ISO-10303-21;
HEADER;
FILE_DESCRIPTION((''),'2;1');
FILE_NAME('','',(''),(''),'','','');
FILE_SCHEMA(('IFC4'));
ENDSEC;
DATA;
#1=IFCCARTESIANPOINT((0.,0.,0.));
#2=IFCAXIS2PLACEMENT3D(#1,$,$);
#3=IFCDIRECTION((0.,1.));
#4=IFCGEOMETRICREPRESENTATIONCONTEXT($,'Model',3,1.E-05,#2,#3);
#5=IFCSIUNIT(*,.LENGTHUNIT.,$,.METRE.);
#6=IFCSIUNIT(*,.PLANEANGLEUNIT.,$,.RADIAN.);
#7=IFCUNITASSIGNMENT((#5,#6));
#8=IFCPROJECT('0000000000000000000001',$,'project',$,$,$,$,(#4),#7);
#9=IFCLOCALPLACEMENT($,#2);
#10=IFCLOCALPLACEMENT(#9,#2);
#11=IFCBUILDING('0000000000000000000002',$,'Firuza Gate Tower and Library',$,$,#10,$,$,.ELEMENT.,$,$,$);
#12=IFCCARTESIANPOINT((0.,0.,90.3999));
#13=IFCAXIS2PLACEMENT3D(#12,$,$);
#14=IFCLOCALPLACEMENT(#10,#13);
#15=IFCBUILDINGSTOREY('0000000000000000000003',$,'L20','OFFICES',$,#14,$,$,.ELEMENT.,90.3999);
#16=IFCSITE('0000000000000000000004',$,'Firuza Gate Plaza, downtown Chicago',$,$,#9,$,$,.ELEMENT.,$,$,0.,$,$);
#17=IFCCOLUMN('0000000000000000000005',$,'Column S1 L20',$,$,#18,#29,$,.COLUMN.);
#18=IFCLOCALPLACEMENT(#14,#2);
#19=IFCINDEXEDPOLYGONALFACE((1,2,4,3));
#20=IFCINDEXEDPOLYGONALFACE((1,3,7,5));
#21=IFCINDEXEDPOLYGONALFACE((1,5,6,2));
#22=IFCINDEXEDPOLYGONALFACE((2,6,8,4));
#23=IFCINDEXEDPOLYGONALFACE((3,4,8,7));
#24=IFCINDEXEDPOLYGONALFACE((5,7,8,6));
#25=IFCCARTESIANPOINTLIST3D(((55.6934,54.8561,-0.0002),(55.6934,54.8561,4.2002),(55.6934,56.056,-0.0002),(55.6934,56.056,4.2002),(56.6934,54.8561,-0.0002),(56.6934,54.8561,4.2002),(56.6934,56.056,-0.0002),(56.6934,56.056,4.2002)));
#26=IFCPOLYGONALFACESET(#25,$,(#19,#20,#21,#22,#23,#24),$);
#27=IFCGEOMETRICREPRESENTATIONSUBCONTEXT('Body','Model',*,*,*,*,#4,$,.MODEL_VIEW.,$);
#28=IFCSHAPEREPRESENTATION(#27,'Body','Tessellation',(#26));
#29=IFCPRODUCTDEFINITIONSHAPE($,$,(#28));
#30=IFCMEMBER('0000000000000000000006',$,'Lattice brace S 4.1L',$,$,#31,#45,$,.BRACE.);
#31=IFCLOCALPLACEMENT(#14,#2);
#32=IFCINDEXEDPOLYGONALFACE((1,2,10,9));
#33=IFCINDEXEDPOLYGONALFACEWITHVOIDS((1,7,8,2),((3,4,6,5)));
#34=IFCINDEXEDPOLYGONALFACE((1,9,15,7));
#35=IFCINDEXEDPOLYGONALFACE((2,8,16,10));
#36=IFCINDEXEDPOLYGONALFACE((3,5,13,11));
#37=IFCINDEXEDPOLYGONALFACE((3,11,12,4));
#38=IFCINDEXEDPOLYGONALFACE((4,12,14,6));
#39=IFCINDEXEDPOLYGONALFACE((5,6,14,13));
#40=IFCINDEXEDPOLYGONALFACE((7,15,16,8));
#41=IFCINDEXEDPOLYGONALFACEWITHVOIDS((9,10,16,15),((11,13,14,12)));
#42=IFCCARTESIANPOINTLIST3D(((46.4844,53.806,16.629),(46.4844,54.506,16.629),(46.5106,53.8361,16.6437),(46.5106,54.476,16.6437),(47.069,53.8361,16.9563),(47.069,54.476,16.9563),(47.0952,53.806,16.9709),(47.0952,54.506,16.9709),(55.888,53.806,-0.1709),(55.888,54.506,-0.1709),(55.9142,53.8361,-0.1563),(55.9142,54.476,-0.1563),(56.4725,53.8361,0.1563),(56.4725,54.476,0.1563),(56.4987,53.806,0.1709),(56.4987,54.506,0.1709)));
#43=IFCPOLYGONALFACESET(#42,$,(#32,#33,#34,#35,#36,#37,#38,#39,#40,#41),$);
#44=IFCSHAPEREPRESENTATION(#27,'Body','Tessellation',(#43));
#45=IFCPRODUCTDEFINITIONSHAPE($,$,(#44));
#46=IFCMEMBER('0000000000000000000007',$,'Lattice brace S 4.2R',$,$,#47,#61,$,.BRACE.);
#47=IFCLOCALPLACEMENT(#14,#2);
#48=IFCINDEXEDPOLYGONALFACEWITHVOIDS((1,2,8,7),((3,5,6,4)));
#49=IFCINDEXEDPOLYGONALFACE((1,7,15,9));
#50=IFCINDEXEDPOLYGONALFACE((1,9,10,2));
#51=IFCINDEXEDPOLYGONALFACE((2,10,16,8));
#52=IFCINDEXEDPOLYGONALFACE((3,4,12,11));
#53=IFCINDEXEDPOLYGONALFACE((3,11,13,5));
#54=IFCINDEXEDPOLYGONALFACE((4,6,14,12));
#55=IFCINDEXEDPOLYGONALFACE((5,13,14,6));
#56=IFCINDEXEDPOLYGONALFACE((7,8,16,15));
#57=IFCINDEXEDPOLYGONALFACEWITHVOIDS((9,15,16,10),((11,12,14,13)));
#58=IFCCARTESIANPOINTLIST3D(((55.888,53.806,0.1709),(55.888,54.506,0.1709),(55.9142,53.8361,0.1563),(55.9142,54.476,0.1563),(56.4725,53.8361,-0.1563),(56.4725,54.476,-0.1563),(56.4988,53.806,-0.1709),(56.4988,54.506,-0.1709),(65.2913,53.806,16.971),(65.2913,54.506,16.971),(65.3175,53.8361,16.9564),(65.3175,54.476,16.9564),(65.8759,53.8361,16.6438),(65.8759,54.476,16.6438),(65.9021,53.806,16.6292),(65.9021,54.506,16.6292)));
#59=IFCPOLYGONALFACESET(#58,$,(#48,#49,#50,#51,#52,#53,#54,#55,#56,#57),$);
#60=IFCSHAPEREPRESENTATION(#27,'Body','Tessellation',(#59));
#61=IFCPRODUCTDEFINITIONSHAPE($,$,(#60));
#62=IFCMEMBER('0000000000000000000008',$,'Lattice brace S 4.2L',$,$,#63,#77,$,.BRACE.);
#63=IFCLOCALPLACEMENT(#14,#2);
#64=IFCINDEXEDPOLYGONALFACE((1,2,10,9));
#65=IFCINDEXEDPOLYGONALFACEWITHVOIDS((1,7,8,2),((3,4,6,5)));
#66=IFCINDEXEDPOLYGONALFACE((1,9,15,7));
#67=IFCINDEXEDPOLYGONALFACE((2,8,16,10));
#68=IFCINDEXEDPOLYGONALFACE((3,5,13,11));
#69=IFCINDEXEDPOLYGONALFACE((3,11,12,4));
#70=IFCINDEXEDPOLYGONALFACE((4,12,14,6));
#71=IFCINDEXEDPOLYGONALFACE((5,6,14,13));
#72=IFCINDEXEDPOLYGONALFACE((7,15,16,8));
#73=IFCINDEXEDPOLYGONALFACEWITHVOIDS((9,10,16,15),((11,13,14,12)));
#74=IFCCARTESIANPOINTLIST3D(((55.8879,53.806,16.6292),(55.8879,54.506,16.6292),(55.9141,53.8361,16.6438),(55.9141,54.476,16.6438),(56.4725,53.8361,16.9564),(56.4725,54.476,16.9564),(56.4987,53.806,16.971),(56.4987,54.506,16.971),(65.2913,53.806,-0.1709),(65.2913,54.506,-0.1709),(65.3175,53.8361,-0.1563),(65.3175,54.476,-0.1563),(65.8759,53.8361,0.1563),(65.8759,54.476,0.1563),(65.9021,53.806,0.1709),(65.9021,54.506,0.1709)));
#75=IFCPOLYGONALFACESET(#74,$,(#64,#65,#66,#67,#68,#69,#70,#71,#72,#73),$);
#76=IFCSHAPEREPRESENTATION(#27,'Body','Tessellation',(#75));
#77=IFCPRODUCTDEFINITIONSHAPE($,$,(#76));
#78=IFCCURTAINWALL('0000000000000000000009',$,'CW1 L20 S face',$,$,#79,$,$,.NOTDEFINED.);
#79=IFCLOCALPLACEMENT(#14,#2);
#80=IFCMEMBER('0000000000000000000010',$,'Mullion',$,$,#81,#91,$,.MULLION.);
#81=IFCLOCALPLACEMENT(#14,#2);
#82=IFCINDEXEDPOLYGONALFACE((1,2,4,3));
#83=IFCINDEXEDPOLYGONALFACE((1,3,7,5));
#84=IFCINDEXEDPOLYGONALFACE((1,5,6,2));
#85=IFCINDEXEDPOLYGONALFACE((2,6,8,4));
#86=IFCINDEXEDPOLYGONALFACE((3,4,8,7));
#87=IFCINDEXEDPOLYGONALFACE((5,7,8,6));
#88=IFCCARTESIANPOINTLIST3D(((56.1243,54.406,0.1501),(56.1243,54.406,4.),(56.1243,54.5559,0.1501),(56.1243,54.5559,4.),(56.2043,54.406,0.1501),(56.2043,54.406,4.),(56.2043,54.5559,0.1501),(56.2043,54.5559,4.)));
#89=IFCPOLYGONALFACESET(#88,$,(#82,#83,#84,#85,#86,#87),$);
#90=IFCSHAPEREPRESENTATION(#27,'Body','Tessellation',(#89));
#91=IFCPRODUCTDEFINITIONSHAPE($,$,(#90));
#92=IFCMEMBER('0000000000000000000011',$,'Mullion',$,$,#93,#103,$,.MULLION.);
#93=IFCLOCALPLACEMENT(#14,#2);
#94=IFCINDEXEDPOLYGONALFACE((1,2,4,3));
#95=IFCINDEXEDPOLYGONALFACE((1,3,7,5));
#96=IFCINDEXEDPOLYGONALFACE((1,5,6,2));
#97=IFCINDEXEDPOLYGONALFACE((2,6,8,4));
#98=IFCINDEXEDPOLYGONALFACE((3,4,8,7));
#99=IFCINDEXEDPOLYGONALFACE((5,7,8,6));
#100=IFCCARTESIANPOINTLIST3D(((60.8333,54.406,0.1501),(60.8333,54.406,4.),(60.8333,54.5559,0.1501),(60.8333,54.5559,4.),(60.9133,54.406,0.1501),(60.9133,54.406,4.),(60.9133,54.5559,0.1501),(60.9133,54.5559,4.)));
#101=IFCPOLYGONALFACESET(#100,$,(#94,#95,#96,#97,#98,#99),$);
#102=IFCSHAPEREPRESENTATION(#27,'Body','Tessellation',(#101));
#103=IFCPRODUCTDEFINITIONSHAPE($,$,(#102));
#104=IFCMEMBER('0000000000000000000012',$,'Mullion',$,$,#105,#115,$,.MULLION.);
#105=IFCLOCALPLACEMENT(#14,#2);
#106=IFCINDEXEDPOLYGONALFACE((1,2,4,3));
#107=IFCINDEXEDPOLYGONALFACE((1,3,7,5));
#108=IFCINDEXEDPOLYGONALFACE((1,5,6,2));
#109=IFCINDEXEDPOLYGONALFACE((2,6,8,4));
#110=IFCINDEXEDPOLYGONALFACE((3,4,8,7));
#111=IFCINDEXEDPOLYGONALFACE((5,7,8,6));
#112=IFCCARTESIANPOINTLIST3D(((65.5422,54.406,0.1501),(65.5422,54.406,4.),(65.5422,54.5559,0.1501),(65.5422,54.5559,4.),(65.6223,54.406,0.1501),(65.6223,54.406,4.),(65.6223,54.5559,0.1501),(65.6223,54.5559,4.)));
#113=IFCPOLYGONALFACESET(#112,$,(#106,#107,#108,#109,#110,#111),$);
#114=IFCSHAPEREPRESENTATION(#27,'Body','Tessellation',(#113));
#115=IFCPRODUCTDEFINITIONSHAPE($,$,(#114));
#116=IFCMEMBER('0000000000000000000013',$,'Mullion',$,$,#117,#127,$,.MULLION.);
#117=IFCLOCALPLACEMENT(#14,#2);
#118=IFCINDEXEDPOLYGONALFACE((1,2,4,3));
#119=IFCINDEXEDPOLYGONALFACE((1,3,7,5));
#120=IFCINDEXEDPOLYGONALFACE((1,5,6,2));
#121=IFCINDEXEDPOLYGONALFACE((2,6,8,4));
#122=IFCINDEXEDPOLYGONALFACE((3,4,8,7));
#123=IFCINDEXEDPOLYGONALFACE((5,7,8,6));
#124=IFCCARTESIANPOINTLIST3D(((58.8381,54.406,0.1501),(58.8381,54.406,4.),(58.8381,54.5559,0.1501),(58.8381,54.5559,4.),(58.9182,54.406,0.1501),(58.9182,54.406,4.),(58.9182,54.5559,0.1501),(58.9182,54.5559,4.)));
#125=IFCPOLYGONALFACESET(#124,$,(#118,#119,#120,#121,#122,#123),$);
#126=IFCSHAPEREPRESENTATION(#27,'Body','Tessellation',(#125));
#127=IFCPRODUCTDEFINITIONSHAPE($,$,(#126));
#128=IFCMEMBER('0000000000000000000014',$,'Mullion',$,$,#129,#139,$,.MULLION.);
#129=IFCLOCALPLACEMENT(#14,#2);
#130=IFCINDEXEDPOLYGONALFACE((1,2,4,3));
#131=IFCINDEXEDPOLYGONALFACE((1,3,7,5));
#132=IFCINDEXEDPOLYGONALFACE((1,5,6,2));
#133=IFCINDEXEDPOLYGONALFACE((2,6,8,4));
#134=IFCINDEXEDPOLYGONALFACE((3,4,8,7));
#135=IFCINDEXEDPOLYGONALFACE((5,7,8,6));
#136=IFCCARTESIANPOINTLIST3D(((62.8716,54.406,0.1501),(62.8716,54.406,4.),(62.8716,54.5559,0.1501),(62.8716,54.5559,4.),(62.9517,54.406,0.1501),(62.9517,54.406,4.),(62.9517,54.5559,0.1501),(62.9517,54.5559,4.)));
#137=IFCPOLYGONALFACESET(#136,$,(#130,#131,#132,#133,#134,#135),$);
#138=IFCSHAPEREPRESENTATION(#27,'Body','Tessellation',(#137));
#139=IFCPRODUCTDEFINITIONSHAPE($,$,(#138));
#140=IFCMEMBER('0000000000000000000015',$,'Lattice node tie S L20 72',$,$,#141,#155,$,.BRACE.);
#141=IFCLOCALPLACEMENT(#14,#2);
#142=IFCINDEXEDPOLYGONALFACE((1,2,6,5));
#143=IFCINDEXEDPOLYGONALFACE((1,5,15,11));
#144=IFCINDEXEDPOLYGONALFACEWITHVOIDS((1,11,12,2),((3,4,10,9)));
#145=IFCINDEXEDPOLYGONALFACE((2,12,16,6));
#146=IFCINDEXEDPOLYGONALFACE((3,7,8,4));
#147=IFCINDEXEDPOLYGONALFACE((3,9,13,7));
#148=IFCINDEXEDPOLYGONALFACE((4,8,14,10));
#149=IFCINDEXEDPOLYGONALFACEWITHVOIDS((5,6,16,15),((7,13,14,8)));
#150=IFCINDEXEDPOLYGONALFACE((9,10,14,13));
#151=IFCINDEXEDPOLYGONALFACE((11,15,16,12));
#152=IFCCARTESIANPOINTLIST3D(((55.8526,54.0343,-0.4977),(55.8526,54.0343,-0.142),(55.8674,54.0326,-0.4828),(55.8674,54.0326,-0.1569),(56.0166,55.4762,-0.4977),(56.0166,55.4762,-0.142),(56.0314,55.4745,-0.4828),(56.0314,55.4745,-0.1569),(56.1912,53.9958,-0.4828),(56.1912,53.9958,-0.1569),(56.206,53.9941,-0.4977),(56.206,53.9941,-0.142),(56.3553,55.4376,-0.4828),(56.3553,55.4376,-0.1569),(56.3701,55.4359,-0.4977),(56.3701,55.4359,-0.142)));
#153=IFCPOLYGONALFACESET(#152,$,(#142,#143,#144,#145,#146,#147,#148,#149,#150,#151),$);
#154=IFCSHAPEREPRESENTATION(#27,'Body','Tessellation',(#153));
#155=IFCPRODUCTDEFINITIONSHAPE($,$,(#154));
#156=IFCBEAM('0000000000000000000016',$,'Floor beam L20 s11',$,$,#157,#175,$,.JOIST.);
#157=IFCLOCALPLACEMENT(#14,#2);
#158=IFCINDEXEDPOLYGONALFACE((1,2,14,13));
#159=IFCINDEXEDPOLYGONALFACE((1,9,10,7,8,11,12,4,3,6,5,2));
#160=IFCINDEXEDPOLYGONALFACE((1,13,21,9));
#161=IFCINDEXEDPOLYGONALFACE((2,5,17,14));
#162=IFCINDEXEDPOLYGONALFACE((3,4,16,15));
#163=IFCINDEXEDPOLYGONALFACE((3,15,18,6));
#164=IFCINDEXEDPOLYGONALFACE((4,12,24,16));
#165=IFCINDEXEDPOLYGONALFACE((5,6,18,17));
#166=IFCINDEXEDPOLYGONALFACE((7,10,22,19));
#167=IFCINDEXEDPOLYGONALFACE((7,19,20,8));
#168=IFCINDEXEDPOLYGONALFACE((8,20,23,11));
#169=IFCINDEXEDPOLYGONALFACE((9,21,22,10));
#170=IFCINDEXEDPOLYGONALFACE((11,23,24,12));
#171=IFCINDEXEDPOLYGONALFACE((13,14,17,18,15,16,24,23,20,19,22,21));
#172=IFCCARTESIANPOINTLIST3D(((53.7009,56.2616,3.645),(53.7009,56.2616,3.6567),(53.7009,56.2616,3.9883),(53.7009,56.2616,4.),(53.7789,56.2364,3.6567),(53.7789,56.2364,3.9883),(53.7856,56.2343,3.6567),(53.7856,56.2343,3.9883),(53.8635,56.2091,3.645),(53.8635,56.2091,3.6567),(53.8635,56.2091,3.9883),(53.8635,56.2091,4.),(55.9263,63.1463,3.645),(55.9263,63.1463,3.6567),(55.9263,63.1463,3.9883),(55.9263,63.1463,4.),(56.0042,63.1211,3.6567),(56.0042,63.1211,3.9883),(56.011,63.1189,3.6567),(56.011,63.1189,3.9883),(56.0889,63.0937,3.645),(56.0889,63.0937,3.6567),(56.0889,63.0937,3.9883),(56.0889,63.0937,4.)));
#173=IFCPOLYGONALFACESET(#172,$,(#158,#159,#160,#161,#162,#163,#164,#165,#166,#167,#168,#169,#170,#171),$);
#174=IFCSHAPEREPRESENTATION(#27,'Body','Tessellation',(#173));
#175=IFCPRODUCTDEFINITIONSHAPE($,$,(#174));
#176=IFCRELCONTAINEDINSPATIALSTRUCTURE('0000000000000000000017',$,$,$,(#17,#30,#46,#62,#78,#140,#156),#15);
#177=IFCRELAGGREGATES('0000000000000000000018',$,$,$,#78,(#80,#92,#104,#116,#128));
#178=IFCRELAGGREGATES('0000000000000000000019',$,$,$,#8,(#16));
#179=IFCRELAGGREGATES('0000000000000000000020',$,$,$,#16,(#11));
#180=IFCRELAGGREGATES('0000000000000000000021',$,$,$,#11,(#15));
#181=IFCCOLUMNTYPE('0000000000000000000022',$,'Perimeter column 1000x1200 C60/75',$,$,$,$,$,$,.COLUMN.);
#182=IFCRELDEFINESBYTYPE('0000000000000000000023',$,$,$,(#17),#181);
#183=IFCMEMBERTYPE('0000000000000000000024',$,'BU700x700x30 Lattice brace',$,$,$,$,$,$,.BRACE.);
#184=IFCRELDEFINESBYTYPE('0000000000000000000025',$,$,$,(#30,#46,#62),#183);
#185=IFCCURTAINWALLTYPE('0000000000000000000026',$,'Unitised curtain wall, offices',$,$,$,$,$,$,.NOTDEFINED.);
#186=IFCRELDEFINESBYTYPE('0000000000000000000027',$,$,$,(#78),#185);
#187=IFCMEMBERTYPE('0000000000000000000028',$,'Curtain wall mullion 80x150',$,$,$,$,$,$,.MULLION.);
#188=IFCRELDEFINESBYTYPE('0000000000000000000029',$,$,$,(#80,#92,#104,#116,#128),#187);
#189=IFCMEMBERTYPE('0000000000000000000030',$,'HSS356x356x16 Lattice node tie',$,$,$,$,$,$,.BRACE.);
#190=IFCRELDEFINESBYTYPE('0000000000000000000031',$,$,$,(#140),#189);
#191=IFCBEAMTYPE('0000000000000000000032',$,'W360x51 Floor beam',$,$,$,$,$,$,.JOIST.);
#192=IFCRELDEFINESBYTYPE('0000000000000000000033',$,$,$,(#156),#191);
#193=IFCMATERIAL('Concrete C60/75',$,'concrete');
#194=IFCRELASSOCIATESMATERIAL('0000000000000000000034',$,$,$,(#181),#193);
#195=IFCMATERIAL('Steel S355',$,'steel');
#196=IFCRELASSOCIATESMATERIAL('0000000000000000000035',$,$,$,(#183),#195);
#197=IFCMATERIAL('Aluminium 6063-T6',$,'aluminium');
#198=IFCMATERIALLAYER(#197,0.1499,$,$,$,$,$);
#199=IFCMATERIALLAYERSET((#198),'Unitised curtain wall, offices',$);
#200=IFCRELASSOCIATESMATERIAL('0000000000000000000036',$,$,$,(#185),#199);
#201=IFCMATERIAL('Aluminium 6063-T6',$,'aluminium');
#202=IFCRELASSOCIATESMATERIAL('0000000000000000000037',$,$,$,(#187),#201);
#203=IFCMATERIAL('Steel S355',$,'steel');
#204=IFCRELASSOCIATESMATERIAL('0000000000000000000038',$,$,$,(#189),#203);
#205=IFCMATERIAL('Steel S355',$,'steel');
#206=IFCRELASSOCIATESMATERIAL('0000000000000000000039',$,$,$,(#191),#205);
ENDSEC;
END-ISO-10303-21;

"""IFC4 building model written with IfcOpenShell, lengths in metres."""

from ifc_helpers import new_model, si_unit, direction, frame, origin, origin_2d, place, context, subcontext, project, spatial, rectangle, hollow_rectangle, i_section, extrude, material, layer, layer_set, material_profile, profile_set, type_object, element, aggregate, save


model = new_model("IFC4")

# Units and contexts
model_context = context("Model", 3, precision=1e-05, world=origin(), true_north=direction((0.0, 1.0)))
body_context = subcontext(model_context, "Body", "Model", "MODEL_VIEW")
ifc_project = project(units=[si_unit("LENGTHUNIT", "METRE"), si_unit("PLANEANGLEUNIT", "RADIAN")], contexts=[model_context])

# Site, building, storey
site_placement = place(None, origin())
site = spatial("IfcSite", under=ifc_project, at=site_placement, Name="Firuza Gate Plaza, downtown Chicago", CompositionType="ELEMENT", RefElevation=0.0)
building_placement = place(site_placement, origin())
building = spatial("IfcBuilding", under=site, at=building_placement, Name="Firuza Gate Tower and Library", CompositionType="ELEMENT")
storey_placement = place(building_placement, frame((0.0, 0.0, 90.3999)))
storey = spatial("IfcBuildingStorey", under=building, at=storey_placement, Name="L20", Description="OFFICES", CompositionType="ELEMENT", Elevation=90.3999)

# Column
ifc_material_1 = material(Name="Concrete C60/75", Category="concrete")
ifc_material_profile_1 = material_profile(ifc_material_1, rectangle(XDim=1.0, YDim=1.2, at=origin_2d()))
ifc_profile_set_1 = profile_set([ifc_material_profile_1], Name="Concrete C60/75")
column_type = type_object("IfcColumnType", Name="Perimeter column 1000x1200 C60/75", PredefinedType="COLUMN", material=ifc_profile_set_1)
column_placement = place(storey_placement, frame((56.1934, 55.4561, -0.0002), z_axis=(0.0, 0.0, 1.0), x_axis=(1.0, 0.0, 0.0)))
element("IfcColumn", 1, at=column_placement, inside=storey, type_object=column_type, Name="Column S1 L20", PredefinedType="COLUMN", context=body_context, shape_type="SweptSolid", body=[
    extrude(rectangle(XDim=1.0, YDim=1.2, at=origin_2d()), origin(), (0.0, 0.0, 1.0), 4.2004),
])

# Members
ifc_material_2 = material(Name="Steel S355", Category="steel")
ifc_material_profile_2 = material_profile(ifc_material_2, hollow_rectangle(XDim=0.7, YDim=0.7, WallThickness=0.03, at=origin_2d()))
ifc_profile_set_2 = profile_set([ifc_material_profile_2], Name="Steel S355")
member_type_1 = type_object("IfcMemberType", Name="BU700x700x30 Lattice brace", PredefinedType="BRACE", material=ifc_profile_set_2)
for number, where, z_axis, x_axis, name in (
    (2, (56.1934, 54.156, 0.0), (-0.488427, 0.0, 0.872605), (0.0, -1.0, 0.0), "Lattice brace S 4.1L"),
    (3, (56.1934, 54.156, 0.0), (0.488417, 0.0, 0.87261), (0.0, 1.0, 0.0), "Lattice brace S 4.2R"),
    (4, (65.5967, 54.156, 0.0), (-0.488417, 0.0, 0.87261), (0.0, -1.0, 0.0), "Lattice brace S 4.2L"),
):
    element("IfcMember", number, at=place(storey_placement, frame(where, z_axis=z_axis, x_axis=x_axis)), inside=storey, type_object=member_type_1, Name=name, PredefinedType="BRACE", context=body_context, shape_type="SweptSolid", body=[
        extrude(hollow_rectangle(XDim=0.7, YDim=0.7, WallThickness=0.03, at=origin_2d()), origin(), (0.0, 0.0, 1.0), 19.2527),
    ])

# Curtain wall, members
ifc_material_3 = material(Name="Aluminium 6063-T6", Category="aluminium")
ifc_layer_1 = layer(ifc_material_3, 0.1499)
ifc_layer_set_1 = layer_set([ifc_layer_1], Name="Unitised curtain wall, offices")
curtain_wall_type = type_object("IfcCurtainWallType", Name="Unitised curtain wall, offices", PredefinedType="NOTDEFINED", material=ifc_layer_set_1)
curtain_wall_placement = place(storey_placement, origin())
curtain_wall = element("IfcCurtainWall", 5, at=curtain_wall_placement, inside=storey, type_object=curtain_wall_type, Name="CW1 L20 S face", PredefinedType="NOTDEFINED")
ifc_material_4 = material(Name="Aluminium 6063-T6", Category="aluminium")
ifc_material_profile_3 = material_profile(ifc_material_4, rectangle(XDim=0.1499, YDim=0.0801, at=origin_2d()))
ifc_profile_set_3 = profile_set([ifc_material_profile_3], Name="Aluminium 6063-T6")
member_type_2 = type_object("IfcMemberType", Name="Curtain wall mullion 80x150", PredefinedType="MULLION", material=ifc_profile_set_3)
member_1_placement = place(storey_placement, frame((56.1643, 54.481, 0.1501), z_axis=(0.0, 0.0, 1.0), x_axis=(0.0, 1.0, 0.0)))
member_1 = element("IfcMember", 6, at=member_1_placement, type_object=member_type_2, Name="Mullion", PredefinedType="MULLION", context=body_context, shape_type="SweptSolid", body=[
    extrude(rectangle(XDim=0.1499, YDim=0.0801, at=origin_2d()), origin(), (0.0, 0.0, 1.0), 3.8499),
])
member_2_placement = place(storey_placement, frame((60.8733, 54.481, 0.1501), z_axis=(0.0, 0.0, 1.0), x_axis=(0.0, 1.0, 0.0)))
member_2 = element("IfcMember", 7, at=member_2_placement, type_object=member_type_2, Name="Mullion", PredefinedType="MULLION", context=body_context, shape_type="SweptSolid", body=[
    extrude(rectangle(XDim=0.1499, YDim=0.0801, at=origin_2d()), origin(), (0.0, 0.0, 1.0), 3.8499),
])
member_3_placement = place(storey_placement, frame((65.5823, 54.481, 0.1501), z_axis=(0.0, 0.0, 1.0), x_axis=(0.0, 1.0, 0.0)))
member_3 = element("IfcMember", 8, at=member_3_placement, type_object=member_type_2, Name="Mullion", PredefinedType="MULLION", context=body_context, shape_type="SweptSolid", body=[
    extrude(rectangle(XDim=0.1499, YDim=0.0801, at=origin_2d()), origin(), (0.0, 0.0, 1.0), 3.8499),
])
member_4_placement = place(storey_placement, frame((58.8782, 54.481, 0.1501), z_axis=(0.0, 0.0, 1.0), x_axis=(0.0, 1.0, 0.0)))
member_4 = element("IfcMember", 9, at=member_4_placement, type_object=member_type_2, Name="Mullion", PredefinedType="MULLION", context=body_context, shape_type="SweptSolid", body=[
    extrude(rectangle(XDim=0.1499, YDim=0.0801, at=origin_2d()), origin(), (0.0, 0.0, 1.0), 3.8499),
])
member_5_placement = place(storey_placement, frame((62.9116, 54.481, 0.1501), z_axis=(0.0, 0.0, 1.0), x_axis=(0.0, 1.0, 0.0)))
member_5 = element("IfcMember", 10, at=member_5_placement, type_object=member_type_2, Name="Mullion", PredefinedType="MULLION", context=body_context, shape_type="SweptSolid", body=[
    extrude(rectangle(XDim=0.1499, YDim=0.0801, at=origin_2d()), origin(), (0.0, 0.0, 1.0), 3.8499),
])

# Member
ifc_material_5 = material(Name="Steel S355", Category="steel")
ifc_material_profile_4 = material_profile(ifc_material_5, hollow_rectangle(XDim=0.3557, YDim=0.3557, WallThickness=0.0149, at=origin_2d()))
ifc_profile_set_4 = profile_set([ifc_material_profile_4], Name="Steel S355")
member_type_3 = type_object("IfcMemberType", Name="HSS356x356x16 Lattice node tie", PredefinedType="BRACE", material=ifc_profile_set_4)
member_6_placement = place(storey_placement, frame((56.1934, 55.4561, -0.3198), z_axis=(-0.113053, -0.993589, 0.0), x_axis=(0.993589, -0.113053, 0.0)))
element("IfcMember", 11, at=member_6_placement, inside=storey, type_object=member_type_3, Name="Lattice node tie S L20 72", PredefinedType="BRACE", context=body_context, shape_type="SweptSolid", body=[
    extrude(hollow_rectangle(XDim=0.3557, YDim=0.3557, WallThickness=0.0149, at=origin_2d()), origin(), (0.0, 0.0, 1.0), 1.4512),
])

# Beam
ifc_material_6 = material(Name="Steel S355", Category="steel")
ifc_material_profile_5 = material_profile(ifc_material_6, i_section(OverallWidth=0.1709, OverallDepth=0.355, WebThickness=0.0071, FlangeThickness=0.0117, at=origin_2d()))
ifc_profile_set_5 = profile_set([ifc_material_profile_5], Name="Steel S355")
beam_type_1 = type_object("IfcBeamType", Name="W360x51 Floor beam", PredefinedType="JOIST", material=ifc_profile_set_5)
beam_1_placement = place(storey_placement, frame((53.7822, 56.2354, 3.8225), z_axis=(0.30757, 0.951526, 0.0), x_axis=(-0.951526, 0.30757, 0.0)))
element("IfcBeam", 12, at=beam_1_placement, inside=storey, type_object=beam_type_1, Name="Floor beam L20 s11", PredefinedType="JOIST", context=body_context, shape_type="SweptSolid", body=[
    extrude(i_section(OverallWidth=0.1709, OverallDepth=0.355, WebThickness=0.0071, FlangeThickness=0.0117, at=origin_2d()), origin(), (0.0, 0.0, 1.0), 7.2354),
])

aggregate(curtain_wall, [member_1, member_2, member_3, member_4, member_5])

save(model, "model.ifc")
